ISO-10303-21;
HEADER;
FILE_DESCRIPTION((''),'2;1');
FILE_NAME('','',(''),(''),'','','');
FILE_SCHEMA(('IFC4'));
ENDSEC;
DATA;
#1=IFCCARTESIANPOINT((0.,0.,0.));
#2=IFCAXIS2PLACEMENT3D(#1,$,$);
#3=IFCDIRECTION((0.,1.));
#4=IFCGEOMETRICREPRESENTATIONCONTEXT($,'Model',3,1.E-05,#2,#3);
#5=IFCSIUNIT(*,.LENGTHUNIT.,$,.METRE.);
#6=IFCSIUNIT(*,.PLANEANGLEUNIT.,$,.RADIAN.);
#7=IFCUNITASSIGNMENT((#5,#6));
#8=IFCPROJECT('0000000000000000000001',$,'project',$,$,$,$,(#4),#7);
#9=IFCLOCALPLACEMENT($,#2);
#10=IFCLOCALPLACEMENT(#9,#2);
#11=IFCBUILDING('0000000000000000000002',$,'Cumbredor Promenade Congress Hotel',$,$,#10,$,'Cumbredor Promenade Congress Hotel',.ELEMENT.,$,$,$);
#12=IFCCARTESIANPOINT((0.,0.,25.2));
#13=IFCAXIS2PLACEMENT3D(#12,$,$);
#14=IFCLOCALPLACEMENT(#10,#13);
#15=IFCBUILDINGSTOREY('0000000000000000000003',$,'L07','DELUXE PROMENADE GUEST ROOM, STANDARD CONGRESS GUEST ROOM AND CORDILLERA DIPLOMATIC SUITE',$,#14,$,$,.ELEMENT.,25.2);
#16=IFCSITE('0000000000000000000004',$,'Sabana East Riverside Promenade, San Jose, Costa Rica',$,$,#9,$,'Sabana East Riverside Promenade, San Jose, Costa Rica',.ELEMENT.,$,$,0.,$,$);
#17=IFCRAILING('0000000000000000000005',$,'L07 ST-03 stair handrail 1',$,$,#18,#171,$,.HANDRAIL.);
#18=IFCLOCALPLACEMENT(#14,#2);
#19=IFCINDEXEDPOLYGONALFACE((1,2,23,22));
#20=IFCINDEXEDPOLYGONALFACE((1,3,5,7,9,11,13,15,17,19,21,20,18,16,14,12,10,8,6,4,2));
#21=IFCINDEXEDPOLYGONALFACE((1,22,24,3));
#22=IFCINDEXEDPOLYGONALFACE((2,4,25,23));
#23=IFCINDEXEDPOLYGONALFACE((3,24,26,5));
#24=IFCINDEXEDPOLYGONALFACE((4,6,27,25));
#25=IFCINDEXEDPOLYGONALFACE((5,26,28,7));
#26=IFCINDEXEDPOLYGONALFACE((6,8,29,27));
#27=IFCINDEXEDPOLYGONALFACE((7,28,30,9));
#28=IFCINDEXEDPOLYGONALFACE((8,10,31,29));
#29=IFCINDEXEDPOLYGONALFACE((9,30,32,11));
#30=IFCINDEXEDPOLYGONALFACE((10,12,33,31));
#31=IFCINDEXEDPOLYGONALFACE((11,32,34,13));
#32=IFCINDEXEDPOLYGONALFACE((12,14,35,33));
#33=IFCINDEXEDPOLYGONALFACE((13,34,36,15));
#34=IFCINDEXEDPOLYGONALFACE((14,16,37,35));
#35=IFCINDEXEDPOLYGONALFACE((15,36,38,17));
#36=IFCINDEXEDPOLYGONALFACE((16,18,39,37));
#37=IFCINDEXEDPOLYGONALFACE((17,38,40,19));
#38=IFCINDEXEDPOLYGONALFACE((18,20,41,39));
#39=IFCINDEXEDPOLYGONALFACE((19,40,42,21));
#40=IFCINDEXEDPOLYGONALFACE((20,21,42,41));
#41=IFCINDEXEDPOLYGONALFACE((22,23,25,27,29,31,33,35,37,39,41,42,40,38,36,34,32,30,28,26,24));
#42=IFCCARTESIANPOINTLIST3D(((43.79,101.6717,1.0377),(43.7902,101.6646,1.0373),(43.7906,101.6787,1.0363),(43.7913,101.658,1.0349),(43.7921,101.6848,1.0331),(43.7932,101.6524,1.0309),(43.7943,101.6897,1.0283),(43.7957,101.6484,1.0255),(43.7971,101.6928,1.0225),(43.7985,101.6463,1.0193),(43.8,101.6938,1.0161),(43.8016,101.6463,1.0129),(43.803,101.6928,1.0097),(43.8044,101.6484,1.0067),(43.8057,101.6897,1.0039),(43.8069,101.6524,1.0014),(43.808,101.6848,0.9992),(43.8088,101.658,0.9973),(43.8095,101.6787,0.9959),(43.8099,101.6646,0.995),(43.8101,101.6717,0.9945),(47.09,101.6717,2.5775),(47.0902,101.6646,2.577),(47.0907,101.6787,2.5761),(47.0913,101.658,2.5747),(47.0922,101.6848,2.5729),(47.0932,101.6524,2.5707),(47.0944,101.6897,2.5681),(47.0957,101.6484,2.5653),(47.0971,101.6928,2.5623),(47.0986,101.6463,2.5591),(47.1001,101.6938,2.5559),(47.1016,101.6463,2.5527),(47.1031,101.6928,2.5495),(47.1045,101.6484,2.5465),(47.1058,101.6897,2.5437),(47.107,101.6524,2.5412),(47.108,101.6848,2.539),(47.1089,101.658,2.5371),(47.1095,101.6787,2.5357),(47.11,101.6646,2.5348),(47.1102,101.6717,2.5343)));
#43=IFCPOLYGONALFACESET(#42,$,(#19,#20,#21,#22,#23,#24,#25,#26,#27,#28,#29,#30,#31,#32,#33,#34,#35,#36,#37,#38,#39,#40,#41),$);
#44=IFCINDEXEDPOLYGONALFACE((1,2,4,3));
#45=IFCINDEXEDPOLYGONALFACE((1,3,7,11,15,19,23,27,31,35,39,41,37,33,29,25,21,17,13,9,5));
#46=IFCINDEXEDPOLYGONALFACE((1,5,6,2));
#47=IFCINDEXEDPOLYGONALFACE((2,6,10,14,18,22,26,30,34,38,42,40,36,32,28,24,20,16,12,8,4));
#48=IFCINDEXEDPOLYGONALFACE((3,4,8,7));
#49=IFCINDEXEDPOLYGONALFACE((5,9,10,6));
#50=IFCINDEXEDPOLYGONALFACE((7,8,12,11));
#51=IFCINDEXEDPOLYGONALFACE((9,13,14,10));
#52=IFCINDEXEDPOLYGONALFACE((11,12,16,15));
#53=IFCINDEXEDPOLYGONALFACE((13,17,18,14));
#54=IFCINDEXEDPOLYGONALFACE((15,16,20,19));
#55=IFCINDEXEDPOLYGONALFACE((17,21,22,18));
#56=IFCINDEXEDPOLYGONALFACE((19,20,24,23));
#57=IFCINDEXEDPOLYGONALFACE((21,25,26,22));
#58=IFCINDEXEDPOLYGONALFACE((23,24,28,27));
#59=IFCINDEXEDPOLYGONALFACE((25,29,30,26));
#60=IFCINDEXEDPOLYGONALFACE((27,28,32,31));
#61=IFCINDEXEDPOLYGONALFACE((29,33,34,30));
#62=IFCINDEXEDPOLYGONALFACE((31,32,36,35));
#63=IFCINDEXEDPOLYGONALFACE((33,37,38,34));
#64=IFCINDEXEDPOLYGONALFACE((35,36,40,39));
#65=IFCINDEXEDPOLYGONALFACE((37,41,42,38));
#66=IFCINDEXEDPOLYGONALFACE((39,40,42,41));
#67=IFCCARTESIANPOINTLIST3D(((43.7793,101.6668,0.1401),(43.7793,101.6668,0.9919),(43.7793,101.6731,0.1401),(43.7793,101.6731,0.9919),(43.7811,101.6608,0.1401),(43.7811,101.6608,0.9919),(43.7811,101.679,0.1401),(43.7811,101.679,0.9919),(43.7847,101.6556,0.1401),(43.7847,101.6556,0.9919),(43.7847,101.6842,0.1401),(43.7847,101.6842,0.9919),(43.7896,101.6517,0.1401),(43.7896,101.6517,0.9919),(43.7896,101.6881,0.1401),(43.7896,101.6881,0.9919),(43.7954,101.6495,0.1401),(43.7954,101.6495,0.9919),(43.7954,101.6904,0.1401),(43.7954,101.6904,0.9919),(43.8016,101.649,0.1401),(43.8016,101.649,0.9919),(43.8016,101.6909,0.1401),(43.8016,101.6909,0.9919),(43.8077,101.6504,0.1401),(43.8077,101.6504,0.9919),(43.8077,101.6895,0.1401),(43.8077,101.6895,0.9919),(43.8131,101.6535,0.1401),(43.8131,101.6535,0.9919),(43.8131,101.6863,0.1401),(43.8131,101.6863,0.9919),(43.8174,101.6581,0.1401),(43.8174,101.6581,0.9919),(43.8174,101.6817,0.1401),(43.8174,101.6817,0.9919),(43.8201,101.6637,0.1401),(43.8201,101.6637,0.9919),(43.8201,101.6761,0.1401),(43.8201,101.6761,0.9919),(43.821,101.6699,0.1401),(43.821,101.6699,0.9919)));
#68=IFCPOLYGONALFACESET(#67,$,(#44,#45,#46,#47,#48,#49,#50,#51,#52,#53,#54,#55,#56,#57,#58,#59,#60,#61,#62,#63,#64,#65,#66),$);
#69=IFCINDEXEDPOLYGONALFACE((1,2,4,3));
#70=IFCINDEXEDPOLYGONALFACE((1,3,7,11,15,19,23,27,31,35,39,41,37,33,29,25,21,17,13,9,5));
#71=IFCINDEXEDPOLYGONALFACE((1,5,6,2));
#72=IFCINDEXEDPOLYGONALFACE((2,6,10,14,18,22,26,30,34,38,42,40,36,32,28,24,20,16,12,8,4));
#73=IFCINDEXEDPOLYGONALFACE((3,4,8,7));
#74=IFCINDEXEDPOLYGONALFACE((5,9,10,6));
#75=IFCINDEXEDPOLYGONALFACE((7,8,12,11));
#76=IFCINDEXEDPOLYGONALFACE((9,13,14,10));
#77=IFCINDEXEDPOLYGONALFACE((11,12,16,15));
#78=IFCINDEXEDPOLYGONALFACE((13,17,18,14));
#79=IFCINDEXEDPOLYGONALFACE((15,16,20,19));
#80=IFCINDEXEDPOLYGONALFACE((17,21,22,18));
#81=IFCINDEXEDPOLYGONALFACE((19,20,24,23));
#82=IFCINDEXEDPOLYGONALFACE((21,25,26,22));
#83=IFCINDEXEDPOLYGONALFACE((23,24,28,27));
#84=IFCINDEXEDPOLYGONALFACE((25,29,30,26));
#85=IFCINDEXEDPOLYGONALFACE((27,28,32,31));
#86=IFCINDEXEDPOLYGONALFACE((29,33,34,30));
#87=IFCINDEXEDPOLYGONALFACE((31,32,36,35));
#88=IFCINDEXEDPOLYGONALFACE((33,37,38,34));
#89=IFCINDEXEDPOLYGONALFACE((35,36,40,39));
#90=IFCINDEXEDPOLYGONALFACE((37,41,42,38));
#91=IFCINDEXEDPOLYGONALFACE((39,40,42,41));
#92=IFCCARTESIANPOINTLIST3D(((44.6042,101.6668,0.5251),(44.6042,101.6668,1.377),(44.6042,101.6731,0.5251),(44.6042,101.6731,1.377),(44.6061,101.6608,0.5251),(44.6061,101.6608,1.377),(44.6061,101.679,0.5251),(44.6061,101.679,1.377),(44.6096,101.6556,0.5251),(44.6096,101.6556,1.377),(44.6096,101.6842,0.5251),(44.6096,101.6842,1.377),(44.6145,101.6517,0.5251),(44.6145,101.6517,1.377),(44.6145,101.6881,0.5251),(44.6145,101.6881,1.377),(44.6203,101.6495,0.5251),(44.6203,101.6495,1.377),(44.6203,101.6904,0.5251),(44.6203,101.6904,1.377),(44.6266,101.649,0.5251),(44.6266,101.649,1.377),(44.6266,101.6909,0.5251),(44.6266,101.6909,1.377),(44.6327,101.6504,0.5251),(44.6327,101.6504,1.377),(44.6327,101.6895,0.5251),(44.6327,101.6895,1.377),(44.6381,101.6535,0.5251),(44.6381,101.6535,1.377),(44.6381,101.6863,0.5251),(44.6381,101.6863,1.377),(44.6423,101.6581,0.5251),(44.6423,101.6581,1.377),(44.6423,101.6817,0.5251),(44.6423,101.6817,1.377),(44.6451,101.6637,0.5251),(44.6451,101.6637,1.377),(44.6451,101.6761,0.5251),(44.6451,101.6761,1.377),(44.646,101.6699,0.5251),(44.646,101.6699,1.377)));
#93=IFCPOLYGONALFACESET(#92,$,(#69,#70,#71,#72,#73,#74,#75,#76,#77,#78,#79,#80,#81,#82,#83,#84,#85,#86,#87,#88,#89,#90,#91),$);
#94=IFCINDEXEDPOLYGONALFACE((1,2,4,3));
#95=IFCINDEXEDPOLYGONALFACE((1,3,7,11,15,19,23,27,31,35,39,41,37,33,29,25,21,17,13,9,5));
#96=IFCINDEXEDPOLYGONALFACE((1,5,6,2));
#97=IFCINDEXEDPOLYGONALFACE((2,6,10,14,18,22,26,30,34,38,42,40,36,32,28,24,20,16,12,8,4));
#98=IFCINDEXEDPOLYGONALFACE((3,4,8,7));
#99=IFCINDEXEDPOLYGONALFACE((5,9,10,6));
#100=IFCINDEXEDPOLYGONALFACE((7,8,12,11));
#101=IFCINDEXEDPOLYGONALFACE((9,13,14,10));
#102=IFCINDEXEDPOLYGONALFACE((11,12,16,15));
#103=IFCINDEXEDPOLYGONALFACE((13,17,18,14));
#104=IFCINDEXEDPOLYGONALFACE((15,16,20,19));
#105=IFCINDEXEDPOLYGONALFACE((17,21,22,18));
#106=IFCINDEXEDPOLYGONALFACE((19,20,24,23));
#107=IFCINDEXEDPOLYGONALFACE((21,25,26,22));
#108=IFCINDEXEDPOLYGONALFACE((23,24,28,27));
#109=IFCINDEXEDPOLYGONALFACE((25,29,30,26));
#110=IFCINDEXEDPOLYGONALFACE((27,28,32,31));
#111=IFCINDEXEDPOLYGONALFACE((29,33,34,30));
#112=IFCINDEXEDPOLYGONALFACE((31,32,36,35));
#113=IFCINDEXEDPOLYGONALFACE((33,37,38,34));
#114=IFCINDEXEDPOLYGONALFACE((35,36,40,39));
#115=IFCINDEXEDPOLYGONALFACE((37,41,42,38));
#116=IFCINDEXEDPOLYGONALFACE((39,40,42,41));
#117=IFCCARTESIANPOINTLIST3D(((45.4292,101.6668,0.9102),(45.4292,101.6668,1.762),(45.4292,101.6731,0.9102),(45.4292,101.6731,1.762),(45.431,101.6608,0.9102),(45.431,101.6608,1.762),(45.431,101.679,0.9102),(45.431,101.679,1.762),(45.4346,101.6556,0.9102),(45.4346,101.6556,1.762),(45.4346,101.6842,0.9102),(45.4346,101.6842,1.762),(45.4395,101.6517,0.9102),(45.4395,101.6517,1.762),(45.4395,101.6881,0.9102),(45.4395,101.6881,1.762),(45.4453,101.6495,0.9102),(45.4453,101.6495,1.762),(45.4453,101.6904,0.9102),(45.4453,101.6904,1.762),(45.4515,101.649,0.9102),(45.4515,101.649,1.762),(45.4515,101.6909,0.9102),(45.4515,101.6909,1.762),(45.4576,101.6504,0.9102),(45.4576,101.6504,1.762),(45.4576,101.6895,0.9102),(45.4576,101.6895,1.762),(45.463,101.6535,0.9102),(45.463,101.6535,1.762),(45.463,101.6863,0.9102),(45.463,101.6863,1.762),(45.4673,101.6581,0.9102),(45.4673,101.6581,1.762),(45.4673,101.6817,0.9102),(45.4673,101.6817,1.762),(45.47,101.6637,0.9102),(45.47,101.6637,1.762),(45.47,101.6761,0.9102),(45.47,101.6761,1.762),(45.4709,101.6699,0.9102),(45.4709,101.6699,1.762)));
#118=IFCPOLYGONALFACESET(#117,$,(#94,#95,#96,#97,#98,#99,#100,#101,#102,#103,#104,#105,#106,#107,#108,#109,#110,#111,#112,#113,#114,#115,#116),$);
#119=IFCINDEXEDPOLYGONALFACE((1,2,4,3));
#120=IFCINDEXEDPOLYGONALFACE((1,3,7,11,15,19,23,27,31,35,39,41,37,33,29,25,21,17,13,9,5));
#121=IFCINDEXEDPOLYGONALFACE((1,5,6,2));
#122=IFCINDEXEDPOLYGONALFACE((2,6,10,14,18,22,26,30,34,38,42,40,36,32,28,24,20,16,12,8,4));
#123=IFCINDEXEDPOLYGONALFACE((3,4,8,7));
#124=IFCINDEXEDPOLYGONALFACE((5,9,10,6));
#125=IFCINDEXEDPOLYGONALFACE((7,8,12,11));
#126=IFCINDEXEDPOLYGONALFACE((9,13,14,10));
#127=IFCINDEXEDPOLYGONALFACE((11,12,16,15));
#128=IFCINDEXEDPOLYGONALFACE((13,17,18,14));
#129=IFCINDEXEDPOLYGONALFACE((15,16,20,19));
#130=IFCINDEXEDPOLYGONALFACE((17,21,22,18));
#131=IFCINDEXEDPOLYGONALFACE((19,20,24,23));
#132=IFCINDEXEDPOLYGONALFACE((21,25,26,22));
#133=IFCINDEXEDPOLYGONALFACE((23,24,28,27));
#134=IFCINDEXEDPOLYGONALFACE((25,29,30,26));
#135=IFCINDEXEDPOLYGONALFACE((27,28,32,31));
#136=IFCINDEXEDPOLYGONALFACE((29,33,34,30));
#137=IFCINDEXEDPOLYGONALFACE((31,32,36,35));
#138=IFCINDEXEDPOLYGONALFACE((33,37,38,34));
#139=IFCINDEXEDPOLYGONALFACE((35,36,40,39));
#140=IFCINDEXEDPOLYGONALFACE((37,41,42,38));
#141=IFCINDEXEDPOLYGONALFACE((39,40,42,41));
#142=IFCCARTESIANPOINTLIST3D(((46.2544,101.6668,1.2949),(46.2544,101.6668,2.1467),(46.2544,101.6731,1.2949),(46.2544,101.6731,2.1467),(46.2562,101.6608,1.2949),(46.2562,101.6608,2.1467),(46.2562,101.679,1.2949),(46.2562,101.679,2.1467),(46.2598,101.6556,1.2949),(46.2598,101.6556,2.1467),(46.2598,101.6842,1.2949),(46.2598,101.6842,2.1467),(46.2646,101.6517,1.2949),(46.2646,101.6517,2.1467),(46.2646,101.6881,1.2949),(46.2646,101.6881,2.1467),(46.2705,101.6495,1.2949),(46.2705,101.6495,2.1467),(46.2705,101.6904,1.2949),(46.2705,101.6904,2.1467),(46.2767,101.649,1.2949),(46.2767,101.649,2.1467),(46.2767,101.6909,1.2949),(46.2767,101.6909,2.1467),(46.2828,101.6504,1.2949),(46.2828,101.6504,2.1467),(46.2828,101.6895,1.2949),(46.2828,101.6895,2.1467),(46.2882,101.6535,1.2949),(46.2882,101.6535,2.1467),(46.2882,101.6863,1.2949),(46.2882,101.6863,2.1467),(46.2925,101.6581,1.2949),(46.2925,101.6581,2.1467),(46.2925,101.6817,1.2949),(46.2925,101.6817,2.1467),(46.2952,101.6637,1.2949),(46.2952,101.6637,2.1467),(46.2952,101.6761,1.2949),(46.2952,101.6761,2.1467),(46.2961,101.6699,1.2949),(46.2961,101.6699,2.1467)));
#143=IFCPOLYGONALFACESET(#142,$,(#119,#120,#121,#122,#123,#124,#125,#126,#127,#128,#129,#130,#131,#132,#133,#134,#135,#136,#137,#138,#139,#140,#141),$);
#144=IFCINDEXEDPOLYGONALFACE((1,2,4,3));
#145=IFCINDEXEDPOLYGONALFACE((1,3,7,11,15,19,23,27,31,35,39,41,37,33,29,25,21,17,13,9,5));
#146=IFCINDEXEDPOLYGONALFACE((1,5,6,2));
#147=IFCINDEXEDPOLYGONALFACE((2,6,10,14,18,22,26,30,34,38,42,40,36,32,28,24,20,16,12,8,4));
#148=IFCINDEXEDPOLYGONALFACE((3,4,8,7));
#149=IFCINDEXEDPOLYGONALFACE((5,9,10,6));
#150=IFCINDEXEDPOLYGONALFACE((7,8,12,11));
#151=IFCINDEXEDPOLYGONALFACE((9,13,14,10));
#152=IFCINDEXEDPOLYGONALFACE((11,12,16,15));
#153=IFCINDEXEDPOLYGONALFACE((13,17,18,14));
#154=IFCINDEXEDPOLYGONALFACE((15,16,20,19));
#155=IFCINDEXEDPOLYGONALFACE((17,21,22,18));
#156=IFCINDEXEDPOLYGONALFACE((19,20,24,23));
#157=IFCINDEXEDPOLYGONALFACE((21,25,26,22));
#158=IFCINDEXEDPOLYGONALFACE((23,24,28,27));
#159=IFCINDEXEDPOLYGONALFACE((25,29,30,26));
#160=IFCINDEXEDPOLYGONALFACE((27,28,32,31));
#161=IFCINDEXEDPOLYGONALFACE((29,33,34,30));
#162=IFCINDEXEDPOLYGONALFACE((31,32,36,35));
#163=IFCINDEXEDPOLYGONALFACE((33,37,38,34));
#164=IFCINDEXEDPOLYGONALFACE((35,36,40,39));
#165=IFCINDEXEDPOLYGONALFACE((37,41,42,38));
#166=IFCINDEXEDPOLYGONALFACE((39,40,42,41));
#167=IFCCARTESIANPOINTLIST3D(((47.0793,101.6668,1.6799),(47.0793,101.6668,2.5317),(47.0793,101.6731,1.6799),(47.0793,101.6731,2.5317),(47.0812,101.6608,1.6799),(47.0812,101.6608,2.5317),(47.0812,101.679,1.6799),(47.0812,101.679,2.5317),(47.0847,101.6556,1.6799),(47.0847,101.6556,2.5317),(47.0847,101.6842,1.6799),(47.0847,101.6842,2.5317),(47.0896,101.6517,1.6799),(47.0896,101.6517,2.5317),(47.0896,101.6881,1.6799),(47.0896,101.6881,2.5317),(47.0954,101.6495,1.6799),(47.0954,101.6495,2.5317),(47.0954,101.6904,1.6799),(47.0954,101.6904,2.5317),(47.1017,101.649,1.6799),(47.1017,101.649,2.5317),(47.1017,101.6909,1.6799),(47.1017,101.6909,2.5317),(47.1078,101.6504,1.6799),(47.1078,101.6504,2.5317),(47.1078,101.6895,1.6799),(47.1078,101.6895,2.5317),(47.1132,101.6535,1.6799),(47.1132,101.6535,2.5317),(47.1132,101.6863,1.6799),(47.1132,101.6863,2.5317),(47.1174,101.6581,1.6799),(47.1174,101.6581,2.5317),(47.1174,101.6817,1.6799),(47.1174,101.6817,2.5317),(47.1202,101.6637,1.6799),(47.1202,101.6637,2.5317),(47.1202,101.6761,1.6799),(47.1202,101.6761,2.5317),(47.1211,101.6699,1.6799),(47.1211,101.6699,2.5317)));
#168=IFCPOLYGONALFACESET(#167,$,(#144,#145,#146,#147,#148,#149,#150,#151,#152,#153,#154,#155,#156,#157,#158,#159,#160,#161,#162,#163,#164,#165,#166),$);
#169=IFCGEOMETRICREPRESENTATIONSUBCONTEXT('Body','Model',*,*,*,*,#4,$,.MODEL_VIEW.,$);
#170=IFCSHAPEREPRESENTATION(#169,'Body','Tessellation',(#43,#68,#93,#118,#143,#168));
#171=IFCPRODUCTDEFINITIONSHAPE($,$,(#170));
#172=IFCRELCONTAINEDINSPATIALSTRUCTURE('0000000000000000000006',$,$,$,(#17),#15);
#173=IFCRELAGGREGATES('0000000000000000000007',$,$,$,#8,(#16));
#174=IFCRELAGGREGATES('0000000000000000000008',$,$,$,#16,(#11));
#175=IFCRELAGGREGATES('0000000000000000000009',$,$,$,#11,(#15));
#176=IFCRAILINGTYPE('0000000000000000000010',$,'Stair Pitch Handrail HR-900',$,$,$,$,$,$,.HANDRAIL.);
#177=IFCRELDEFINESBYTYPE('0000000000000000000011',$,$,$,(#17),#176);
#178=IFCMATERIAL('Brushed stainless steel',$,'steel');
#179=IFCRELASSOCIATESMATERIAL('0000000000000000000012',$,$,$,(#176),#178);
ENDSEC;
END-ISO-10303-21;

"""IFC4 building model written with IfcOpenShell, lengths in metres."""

from ifc_helpers import new_model, si_unit, direction, frame, origin, origin_2d, place, context, subcontext, project, spatial, circle, extrude, material, type_object, element, save


model = new_model("IFC4")

# Units and contexts
model_context = context("Model", 3, precision=1e-05, world=origin(), true_north=direction((0.0, 1.0)))
body_context = subcontext(model_context, "Body", "Model", "MODEL_VIEW")
ifc_project = project(units=[si_unit("LENGTHUNIT", "METRE"), si_unit("PLANEANGLEUNIT", "RADIAN")], contexts=[model_context])

# Site, building, storey
site_placement = place(None, origin())
site = spatial("IfcSite", under=ifc_project, at=site_placement, Name="Sabana East Riverside Promenade, San Jose, Costa Rica", LongName="Sabana East Riverside Promenade, San Jose, Costa Rica", CompositionType="ELEMENT", RefElevation=0.0)
building_placement = place(site_placement, origin())
building = spatial("IfcBuilding", under=site, at=building_placement, Name="Cumbredor Promenade Congress Hotel", LongName="Cumbredor Promenade Congress Hotel", CompositionType="ELEMENT")
storey_placement = place(building_placement, frame((0.0, 0.0, 25.2)))
storey = spatial("IfcBuildingStorey", under=building, at=storey_placement, Name="L07", Description="DELUXE PROMENADE GUEST ROOM, STANDARD CONGRESS GUEST ROOM AND CORDILLERA DIPLOMATIC SUITE", CompositionType="ELEMENT", Elevation=25.2)

# Railing
ifc_material_1 = material(Name="Brushed stainless steel", Category="steel")
railing_type_1 = type_object("IfcRailingType", Name="Stair Pitch Handrail HR-900", PredefinedType="HANDRAIL", material=ifc_material_1)
railing_1_placement = place(storey_placement, frame((43.8, 101.6699, 0.1401)))
element("IfcRailing", 1, at=railing_1_placement, inside=storey, type_object=railing_type_1, Name="L07 ST-03 stair handrail 1", PredefinedType="HANDRAIL", context=body_context, shape_type="SweptSolid", body=[
    extrude(circle(Radius=0.0239, at=origin_2d()), frame((0.0, 0.0, 0.876), z_axis=(0.906207, 0.0, 0.422834), x_axis=(0.0, 1.0, 0.0)), (0.0, 0.0, 1.0), 3.6416),
    extrude(circle(Radius=0.021, at=origin_2d()), origin(), (0.0, 0.0, 1.0), 0.8518),
    extrude(circle(Radius=0.021, at=origin_2d()), frame((0.825, 0.0, 0.385)), (0.0, 0.0, 1.0), 0.8518),
    extrude(circle(Radius=0.021, at=origin_2d()), frame((1.6499, 0.0, 0.77)), (0.0, 0.0, 1.0), 0.8518),
    extrude(circle(Radius=0.021, at=origin_2d()), frame((2.4751, 0.0, 1.1548)), (0.0, 0.0, 1.0), 0.8518),
    extrude(circle(Radius=0.021, at=origin_2d()), frame((3.3, 0.0, 1.5398)), (0.0, 0.0, 1.0), 0.8518),
])

save(model, "model.ifc")
